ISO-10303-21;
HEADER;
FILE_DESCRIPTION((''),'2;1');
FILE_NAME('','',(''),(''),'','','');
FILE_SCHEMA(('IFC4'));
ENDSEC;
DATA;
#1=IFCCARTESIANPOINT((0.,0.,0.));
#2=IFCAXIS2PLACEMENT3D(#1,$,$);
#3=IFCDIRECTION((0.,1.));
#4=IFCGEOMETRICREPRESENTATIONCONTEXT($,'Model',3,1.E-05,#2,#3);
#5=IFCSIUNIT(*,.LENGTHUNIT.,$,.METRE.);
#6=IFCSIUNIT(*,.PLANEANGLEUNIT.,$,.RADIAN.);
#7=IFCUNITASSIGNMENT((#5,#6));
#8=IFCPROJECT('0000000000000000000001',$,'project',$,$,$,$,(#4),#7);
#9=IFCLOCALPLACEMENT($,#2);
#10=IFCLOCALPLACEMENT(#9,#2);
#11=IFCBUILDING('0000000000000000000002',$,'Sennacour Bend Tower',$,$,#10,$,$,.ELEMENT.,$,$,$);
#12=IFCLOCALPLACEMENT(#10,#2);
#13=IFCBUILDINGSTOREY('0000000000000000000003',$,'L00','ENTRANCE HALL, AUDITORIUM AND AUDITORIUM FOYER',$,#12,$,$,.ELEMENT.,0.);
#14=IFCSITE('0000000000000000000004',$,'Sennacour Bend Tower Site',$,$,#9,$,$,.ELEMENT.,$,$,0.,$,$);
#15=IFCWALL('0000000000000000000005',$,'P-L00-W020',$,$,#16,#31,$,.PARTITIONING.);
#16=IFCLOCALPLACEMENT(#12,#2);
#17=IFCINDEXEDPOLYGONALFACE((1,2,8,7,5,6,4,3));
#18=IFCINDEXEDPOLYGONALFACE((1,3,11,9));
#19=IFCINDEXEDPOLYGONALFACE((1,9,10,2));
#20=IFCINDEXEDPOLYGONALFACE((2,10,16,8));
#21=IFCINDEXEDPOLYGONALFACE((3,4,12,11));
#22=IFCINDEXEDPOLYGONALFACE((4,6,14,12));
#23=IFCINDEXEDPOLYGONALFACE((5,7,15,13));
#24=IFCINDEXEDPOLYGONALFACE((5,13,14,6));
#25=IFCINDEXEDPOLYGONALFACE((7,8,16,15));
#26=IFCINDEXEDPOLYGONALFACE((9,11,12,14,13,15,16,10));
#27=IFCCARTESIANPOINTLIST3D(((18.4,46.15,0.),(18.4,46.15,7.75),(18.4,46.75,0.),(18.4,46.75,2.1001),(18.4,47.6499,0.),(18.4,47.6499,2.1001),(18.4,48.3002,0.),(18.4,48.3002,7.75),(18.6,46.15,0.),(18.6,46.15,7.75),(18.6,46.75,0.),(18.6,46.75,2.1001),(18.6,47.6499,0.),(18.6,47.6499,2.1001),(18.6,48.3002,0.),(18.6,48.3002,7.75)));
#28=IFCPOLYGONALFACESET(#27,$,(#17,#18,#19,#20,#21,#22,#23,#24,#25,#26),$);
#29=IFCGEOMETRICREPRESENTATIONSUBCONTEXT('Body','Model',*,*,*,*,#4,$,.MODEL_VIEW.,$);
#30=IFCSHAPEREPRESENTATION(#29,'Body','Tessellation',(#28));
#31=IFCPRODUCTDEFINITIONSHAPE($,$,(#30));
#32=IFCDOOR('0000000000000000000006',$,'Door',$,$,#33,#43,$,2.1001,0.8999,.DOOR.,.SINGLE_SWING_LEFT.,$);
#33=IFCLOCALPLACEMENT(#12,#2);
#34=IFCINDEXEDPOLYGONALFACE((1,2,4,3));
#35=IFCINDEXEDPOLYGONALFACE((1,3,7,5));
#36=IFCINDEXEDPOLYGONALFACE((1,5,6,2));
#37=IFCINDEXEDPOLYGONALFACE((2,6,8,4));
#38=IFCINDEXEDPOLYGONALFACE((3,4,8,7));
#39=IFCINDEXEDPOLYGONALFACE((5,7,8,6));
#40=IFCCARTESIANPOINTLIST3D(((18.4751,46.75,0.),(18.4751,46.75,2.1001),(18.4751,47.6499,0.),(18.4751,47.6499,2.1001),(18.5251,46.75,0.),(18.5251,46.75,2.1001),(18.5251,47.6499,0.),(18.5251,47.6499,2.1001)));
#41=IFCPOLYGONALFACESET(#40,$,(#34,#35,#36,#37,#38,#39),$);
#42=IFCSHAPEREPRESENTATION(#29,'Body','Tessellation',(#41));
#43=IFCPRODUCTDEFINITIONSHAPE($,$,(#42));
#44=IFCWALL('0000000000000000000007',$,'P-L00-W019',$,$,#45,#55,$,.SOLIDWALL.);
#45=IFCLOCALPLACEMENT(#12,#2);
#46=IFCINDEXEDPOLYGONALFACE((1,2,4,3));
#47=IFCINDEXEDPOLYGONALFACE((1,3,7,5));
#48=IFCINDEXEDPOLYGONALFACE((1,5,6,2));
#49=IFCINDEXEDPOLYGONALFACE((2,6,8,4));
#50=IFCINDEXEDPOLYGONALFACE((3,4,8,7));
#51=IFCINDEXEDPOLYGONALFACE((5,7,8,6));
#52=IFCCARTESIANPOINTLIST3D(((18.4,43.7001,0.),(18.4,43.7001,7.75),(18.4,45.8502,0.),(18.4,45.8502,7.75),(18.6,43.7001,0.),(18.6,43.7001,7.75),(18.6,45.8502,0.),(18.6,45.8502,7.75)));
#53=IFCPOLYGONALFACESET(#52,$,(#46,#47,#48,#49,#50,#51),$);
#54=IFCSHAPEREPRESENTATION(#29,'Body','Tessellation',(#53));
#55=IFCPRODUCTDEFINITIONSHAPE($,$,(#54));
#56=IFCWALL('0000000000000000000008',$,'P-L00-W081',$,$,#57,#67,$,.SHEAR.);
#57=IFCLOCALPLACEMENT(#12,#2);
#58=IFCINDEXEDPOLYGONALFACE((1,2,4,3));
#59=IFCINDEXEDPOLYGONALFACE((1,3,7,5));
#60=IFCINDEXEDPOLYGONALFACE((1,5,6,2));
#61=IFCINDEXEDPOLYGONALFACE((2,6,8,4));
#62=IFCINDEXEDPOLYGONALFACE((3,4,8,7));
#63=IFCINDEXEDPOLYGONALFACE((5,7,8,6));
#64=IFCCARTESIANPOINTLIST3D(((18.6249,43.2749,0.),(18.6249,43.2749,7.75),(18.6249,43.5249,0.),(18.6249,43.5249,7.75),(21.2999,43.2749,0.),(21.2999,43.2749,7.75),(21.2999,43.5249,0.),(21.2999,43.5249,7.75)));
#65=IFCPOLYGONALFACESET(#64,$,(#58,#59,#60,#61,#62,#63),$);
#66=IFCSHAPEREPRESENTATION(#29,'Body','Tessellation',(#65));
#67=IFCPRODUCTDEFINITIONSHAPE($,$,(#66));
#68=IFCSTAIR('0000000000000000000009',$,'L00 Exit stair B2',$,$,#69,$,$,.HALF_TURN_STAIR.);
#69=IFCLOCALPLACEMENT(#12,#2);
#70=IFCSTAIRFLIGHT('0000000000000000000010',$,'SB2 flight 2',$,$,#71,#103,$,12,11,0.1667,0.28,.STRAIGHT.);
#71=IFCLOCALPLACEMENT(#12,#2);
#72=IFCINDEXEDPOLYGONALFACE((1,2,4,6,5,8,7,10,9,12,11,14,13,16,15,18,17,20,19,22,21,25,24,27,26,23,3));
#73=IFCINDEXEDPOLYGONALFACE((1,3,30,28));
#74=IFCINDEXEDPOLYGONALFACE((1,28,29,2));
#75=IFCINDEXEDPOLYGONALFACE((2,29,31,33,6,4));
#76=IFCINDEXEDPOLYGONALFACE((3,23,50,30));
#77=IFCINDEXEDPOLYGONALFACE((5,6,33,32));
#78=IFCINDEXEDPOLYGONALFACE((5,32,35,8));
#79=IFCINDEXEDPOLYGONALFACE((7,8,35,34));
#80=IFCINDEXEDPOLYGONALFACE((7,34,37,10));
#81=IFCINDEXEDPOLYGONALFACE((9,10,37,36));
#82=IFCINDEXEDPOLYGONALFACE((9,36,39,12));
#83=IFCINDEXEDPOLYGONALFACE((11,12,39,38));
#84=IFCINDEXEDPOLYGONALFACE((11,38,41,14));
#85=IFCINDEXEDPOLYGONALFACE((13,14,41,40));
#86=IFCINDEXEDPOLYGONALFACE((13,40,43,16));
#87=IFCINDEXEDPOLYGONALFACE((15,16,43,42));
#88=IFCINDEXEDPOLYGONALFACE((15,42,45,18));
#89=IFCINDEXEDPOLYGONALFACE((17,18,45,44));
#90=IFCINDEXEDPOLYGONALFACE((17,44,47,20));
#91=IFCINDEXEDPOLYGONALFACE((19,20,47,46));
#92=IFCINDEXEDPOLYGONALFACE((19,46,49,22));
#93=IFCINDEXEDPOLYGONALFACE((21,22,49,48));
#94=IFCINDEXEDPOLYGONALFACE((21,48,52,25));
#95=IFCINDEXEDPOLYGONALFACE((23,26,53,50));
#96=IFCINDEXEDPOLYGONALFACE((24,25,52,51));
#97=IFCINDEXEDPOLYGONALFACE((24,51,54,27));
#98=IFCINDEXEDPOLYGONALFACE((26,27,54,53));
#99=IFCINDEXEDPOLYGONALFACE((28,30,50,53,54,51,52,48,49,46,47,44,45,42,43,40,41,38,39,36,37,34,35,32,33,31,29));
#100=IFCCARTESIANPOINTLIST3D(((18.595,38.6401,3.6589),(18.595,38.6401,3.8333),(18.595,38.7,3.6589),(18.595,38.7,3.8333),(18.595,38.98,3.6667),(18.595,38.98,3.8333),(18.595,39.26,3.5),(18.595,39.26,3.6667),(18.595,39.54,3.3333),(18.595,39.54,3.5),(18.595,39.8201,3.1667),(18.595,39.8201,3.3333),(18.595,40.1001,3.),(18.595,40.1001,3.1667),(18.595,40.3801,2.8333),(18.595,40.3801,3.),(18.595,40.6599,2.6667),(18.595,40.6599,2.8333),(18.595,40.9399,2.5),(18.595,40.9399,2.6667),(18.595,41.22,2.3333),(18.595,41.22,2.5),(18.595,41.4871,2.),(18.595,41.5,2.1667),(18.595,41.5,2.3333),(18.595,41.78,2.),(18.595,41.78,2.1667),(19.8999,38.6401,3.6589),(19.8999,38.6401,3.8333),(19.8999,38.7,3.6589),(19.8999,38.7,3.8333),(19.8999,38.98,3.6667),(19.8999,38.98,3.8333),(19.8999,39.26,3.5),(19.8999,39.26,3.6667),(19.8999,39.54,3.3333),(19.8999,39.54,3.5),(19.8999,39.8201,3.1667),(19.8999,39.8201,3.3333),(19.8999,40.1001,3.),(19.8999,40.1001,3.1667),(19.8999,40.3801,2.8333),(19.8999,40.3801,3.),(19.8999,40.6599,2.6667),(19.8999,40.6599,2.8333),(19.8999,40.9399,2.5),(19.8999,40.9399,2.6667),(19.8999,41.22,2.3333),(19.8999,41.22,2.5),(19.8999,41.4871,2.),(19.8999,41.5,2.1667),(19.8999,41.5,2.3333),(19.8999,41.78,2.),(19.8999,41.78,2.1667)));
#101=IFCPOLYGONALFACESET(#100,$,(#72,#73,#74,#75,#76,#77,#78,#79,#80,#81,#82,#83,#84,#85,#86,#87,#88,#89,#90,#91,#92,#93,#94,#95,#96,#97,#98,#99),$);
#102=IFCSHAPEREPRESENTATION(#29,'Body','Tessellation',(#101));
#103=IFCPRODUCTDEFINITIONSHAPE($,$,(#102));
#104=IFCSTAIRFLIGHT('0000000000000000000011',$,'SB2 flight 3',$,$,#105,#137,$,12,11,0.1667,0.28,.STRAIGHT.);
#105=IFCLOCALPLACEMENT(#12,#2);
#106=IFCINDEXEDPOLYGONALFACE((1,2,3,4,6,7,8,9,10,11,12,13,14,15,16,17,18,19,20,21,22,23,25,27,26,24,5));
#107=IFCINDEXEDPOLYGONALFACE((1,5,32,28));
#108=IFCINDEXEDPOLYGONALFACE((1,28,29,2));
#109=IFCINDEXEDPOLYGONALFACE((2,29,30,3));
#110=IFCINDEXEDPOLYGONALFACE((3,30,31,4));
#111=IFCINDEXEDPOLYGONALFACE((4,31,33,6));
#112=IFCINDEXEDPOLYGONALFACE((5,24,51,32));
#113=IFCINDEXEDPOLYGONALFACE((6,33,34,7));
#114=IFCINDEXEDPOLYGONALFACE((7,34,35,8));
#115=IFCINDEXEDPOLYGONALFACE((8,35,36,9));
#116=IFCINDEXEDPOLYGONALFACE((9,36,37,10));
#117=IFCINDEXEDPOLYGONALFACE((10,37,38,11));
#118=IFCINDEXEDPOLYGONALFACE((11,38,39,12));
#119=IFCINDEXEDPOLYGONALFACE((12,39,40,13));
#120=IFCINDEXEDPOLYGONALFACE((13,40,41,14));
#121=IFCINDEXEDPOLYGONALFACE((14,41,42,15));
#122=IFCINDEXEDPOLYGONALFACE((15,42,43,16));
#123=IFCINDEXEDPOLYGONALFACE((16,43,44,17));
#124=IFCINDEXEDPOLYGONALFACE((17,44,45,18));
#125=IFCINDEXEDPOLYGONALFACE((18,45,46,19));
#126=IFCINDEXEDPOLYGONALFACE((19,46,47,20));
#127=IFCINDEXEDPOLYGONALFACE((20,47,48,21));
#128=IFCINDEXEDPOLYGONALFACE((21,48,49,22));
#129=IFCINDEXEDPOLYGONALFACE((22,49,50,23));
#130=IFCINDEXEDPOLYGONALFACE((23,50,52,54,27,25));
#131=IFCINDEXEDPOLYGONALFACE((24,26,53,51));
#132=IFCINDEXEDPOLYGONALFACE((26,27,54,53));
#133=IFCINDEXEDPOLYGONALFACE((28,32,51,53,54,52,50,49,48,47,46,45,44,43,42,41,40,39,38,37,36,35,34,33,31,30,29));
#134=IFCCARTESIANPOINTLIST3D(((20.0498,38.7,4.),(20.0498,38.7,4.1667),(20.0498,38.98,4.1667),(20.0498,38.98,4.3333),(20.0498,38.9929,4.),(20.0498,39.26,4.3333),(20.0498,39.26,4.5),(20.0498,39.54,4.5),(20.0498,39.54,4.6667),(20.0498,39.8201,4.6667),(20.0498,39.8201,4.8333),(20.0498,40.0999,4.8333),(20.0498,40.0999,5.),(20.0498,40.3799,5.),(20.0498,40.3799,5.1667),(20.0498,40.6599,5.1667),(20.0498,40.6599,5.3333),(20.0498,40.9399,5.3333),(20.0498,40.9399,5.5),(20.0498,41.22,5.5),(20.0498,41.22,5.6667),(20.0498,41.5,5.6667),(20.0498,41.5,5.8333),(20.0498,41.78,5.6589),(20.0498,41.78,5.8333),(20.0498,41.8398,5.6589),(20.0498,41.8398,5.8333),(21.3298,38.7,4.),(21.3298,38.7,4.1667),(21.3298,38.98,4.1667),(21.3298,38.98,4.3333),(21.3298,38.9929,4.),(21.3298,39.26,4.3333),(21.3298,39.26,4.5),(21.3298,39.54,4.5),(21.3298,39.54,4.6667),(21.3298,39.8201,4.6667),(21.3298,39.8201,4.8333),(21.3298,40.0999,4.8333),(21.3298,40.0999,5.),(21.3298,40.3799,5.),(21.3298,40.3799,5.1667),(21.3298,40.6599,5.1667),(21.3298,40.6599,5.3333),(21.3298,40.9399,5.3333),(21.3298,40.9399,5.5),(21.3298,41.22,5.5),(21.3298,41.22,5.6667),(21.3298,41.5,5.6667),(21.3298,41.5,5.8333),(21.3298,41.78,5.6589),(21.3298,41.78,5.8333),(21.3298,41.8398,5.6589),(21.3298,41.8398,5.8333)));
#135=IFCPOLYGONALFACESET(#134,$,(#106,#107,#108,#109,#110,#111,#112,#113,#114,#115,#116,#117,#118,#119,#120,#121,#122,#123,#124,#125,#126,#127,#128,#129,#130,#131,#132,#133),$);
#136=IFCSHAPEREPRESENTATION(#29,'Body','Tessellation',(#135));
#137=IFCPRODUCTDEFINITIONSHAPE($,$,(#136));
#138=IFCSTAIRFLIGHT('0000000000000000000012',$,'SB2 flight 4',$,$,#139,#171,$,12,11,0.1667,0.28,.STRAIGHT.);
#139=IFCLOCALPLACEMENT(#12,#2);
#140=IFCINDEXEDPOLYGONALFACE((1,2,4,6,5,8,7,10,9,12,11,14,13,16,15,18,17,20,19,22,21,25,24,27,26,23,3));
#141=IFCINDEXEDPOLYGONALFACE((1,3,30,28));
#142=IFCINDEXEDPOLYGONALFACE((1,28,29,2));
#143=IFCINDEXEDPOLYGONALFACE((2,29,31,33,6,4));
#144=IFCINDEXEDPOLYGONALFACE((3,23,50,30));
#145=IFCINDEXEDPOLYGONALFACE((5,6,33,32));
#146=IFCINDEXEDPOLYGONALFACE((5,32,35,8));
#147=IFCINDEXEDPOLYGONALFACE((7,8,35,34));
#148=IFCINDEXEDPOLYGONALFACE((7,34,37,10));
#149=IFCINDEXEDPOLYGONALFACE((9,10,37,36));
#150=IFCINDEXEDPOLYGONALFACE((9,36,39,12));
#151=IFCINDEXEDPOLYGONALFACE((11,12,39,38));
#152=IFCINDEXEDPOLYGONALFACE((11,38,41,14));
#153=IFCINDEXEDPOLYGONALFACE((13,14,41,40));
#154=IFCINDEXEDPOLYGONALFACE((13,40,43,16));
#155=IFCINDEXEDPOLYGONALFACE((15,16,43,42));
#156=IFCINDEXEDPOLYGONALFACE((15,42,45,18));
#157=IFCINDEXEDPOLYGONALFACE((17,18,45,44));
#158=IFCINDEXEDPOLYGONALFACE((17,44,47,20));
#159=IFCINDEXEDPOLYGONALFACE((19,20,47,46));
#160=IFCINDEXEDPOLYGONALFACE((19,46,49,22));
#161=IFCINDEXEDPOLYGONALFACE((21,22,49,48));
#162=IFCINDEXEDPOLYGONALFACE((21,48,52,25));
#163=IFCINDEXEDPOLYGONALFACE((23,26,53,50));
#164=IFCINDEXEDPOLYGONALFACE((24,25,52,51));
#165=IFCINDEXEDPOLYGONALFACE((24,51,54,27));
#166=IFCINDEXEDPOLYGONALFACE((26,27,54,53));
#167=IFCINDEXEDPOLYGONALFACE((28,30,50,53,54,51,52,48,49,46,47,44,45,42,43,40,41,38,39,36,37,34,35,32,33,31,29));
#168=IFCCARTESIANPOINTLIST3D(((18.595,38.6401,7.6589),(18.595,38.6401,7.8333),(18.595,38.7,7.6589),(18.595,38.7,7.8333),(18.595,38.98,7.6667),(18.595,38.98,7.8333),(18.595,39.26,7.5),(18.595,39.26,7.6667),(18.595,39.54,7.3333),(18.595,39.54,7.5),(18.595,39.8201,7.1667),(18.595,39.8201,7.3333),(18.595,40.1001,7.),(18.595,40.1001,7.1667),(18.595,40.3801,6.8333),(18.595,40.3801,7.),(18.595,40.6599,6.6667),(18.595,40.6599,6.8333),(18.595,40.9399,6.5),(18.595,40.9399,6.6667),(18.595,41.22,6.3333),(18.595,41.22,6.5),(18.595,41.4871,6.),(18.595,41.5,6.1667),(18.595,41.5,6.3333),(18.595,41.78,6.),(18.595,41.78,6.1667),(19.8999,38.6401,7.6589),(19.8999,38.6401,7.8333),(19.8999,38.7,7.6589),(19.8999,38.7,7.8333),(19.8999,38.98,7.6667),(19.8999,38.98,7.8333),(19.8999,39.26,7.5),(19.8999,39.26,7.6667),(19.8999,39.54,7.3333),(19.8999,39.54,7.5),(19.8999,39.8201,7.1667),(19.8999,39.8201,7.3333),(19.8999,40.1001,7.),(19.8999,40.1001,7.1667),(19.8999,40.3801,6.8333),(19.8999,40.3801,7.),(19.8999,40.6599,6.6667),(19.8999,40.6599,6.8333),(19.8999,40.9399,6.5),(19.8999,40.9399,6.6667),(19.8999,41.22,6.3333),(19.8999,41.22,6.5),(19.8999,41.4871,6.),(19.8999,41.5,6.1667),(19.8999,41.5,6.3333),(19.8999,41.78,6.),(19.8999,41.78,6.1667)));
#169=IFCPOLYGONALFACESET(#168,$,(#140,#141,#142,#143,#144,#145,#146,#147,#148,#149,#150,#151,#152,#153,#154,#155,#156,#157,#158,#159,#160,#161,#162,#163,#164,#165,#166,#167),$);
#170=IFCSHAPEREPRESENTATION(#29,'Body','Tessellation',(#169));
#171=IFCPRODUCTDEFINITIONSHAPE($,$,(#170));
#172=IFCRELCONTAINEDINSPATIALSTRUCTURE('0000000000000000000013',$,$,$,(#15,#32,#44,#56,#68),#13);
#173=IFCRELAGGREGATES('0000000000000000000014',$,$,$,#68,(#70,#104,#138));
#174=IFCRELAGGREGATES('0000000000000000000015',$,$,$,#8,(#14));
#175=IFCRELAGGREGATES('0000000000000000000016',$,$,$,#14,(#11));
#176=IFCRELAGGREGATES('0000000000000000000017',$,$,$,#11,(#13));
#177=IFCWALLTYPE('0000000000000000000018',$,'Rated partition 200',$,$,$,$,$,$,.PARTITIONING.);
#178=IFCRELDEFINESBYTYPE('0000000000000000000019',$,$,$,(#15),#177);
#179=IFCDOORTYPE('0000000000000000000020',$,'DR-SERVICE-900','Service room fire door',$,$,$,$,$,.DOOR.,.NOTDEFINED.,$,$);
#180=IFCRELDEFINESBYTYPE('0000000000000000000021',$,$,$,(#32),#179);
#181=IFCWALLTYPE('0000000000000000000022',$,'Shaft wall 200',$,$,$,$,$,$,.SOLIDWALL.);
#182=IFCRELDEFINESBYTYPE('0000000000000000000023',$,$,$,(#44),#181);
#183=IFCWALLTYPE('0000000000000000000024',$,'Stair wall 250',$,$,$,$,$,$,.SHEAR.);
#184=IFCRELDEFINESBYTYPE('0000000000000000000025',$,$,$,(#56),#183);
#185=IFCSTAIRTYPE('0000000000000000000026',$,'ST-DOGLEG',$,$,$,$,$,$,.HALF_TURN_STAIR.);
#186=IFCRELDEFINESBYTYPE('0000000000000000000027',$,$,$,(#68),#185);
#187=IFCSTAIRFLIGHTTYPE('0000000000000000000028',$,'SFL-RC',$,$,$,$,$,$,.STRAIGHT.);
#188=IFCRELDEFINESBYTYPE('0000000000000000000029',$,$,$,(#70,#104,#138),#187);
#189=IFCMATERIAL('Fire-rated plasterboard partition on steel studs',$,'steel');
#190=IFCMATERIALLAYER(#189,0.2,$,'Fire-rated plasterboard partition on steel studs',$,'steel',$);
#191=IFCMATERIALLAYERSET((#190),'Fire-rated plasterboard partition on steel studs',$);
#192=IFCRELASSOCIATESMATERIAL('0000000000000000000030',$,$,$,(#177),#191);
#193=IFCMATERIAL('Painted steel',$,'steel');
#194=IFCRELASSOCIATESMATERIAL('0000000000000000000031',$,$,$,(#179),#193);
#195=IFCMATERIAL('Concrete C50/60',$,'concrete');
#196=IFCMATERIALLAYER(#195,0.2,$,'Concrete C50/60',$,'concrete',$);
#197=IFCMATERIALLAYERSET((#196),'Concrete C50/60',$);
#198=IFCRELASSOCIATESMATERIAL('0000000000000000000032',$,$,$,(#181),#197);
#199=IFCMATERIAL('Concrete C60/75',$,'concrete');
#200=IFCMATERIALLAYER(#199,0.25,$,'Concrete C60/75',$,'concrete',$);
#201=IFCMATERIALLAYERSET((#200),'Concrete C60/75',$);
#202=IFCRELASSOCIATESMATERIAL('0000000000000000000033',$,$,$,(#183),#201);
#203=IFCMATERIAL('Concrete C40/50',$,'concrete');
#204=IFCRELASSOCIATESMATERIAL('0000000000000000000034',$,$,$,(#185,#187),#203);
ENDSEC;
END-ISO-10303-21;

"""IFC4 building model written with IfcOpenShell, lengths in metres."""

from ifc_helpers import new_model, si_unit, direction, frame, frame_2d, origin, place, context, subcontext, project, spatial, polyline, rectangle, outline, extrude, material, layer, layer_set, type_object, element, fill, aggregate, save


model = new_model("IFC4")

# Units and contexts
model_context = context("Model", 3, precision=1e-05, world=origin(), true_north=direction((0.0, 1.0)))
body_context = subcontext(model_context, "Body", "Model", "MODEL_VIEW")
ifc_project = project(units=[si_unit("LENGTHUNIT", "METRE"), si_unit("PLANEANGLEUNIT", "RADIAN")], contexts=[model_context])

# Site, building, storey
site_placement = place(None, origin())
site = spatial("IfcSite", under=ifc_project, at=site_placement, Name="Sennacour Bend Tower Site", CompositionType="ELEMENT", RefElevation=0.0)
building_placement = place(site_placement, origin())
building = spatial("IfcBuilding", under=site, at=building_placement, Name="Sennacour Bend Tower", CompositionType="ELEMENT")
storey_placement = place(building_placement, origin())
storey = spatial("IfcBuildingStorey", under=building, at=storey_placement, Name="L00", Description="ENTRANCE HALL, AUDITORIUM AND AUDITORIUM FOYER", CompositionType="ELEMENT", Elevation=0.0)

# Shared definitions
ifc_material_1 = material(Name="Concrete C50/60", Category="concrete")

# Shared definitions
ifc_material_2 = material(Name="Fire-rated plasterboard partition on steel studs", Category="steel")
ifc_layer_1 = layer(ifc_material_2, 0.2, Name="Fire-rated plasterboard partition on steel studs", Category="steel")
ifc_layer_set_1 = layer_set([ifc_layer_1], Name="Fire-rated plasterboard partition on steel studs")
wall_type_1 = type_object("IfcWallType", Name="Rated partition 200", PredefinedType="PARTITIONING", material=ifc_layer_set_1)

# Wall, opening, door
wall_1_placement = place(storey_placement, frame((18.5, 46.1499, 0.0), z_axis=(0.0, 0.0, 1.0), x_axis=(0.0, 1.0, 0.0)))
wall_1 = element("IfcWall", 1, at=wall_1_placement, inside=storey, type_object=wall_type_1, Name="P-L00-W020", PredefinedType="PARTITIONING", context=body_context, shape_type="SweptSolid", body=[
    extrude(rectangle(XDim=2.1501, YDim=0.2, at=frame_2d((1.0752, 0.0))), origin(), (0.0, 0.0, 1.0), 7.75),
])
opening_placement = place(wall_1_placement, frame((0.6001, 0.0, 0.0)))
opening = element("IfcOpeningElement", 2, at=opening_placement, cuts=wall_1, PredefinedType="OPENING", context=body_context, shape_type="SweptSolid", body=[
    extrude(rectangle(XDim=0.8999, YDim=2.1001, at=frame_2d((0.45, 1.05))), frame((0.0, 0.1099, 0.0), z_axis=(0.0, -1.0, 0.0), x_axis=(1.0, 0.0, 0.0)), (0.0, 0.0, 1.0), 0.22),
])
ifc_material_3 = material(Name="Painted steel", Category="steel")
door_type = type_object("IfcDoorType", Name="DR-SERVICE-900", Description="Service room fire door", OperationType="NOTDEFINED", PredefinedType="DOOR", material=ifc_material_3)
door_placement = place(opening_placement, origin())
door = element("IfcDoor", 3, at=door_placement, inside=storey, type_object=door_type, Name="Door", OperationType="SINGLE_SWING_LEFT", OverallHeight=2.1001, OverallWidth=0.8999, PredefinedType="DOOR", context=body_context, shape_type="SweptSolid", body=[
    extrude(rectangle(XDim=0.8999, YDim=2.1001, at=frame_2d((0.45, 1.05))), frame((0.0, 0.0249, 0.0), z_axis=(0.0, -1.0, 0.0), x_axis=(1.0, 0.0, 0.0)), (0.0, 0.0, 1.0), 0.05),
])
fill(opening, door)

# Walls
ifc_layer_2 = layer(ifc_material_1, 0.2, Name="Concrete C50/60", Category="concrete")
ifc_layer_set_2 = layer_set([ifc_layer_2], Name="Concrete C50/60")
wall_type_2 = type_object("IfcWallType", Name="Shaft wall 200", PredefinedType="SOLIDWALL", material=ifc_layer_set_2)
wall_2_placement = place(storey_placement, frame((18.5, 43.7, 0.0), z_axis=(0.0, 0.0, 1.0), x_axis=(0.0, 1.0, 0.0)))
element("IfcWall", 4, at=wall_2_placement, inside=storey, type_object=wall_type_2, Name="P-L00-W019", PredefinedType="SOLIDWALL", context=body_context, shape_type="SweptSolid", body=[
    extrude(rectangle(XDim=2.1501, YDim=0.2, at=frame_2d((1.0752, 0.0))), origin(), (0.0, 0.0, 1.0), 7.75),
])
ifc_material_4 = material(Name="Concrete C60/75", Category="concrete")
ifc_layer_3 = layer(ifc_material_4, 0.25, Name="Concrete C60/75", Category="concrete")
ifc_layer_set_3 = layer_set([ifc_layer_3], Name="Concrete C60/75")
wall_type_3 = type_object("IfcWallType", Name="Stair wall 250", PredefinedType="SHEAR", material=ifc_layer_set_3)
wall_3_placement = place(storey_placement, frame((18.625, 43.3999, 0.0), z_axis=(0.0, 0.0, 1.0), x_axis=(1.0, 0.0, 0.0)))
element("IfcWall", 5, at=wall_3_placement, inside=storey, type_object=wall_type_3, Name="P-L00-W081", PredefinedType="SHEAR", context=body_context, shape_type="SweptSolid", body=[
    extrude(rectangle(XDim=2.675, YDim=0.25, at=frame_2d((1.3374, 0.0))), origin(), (0.0, 0.0, 1.0), 7.75),
])

# Stair, stair flights
ifc_material_5 = material(Name="Concrete C40/50", Category="concrete")
stair_type = type_object("IfcStairType", Name="ST-DOGLEG", PredefinedType="HALF_TURN_STAIR", material=ifc_material_5)
stair_placement = place(storey_placement, origin())
stair = element("IfcStair", 6, at=stair_placement, inside=storey, type_object=stair_type, Name="L00 Exit stair B2", PredefinedType="HALF_TURN_STAIR")
stair_flight_type = type_object("IfcStairFlightType", Name="SFL-RC", PredefinedType="STRAIGHT", material=ifc_material_5)
stair_flight_1_placement = place(storey_placement, frame((19.2476, 41.78, 2.0), z_axis=(0.0, 0.0, 1.0), x_axis=(0.0, -1.0, 0.0)))
stair_flight_1 = element("IfcStairFlight", 7, at=stair_flight_1_placement, type_object=stair_flight_type, Name="SB2 flight 2", NumberOfRisers=12, NumberOfTreads=11, PredefinedType="STRAIGHT", RiserHeight=0.1667, TreadLength=0.28, context=body_context, shape_type="SweptSolid", body=[
    extrude(outline(polyline([(0.0, 0.0), (0.0, 0.1667), (0.28, 0.1667), (0.28, 0.3333), (0.5601, 0.3333), (0.5601, 0.5), (0.8401, 0.5), (0.8401, 0.6667), (1.1201, 0.6667), (1.1201, 0.8333), (1.3999, 0.8333), (1.3999, 1.0), (1.6799, 1.0), (1.6799, 1.1667), (1.96, 1.1667), (1.96, 1.3333), (2.24, 1.3333), (2.24, 1.5), (2.52, 1.5), (2.52, 1.6667), (2.8, 1.6667), (2.8, 1.8333), (3.0801, 1.8333), (3.1399, 1.8333), (3.1399, 1.6589), (3.0801, 1.6589), (0.293, 0.0), (0.0, 0.0)])), frame((0.0, 0.6523, 0.0), z_axis=(0.0, -1.0, 0.0), x_axis=(1.0, 0.0, 0.0)), (0.0, 0.0, 1.0), 1.3049),
])
stair_flight_2_placement = place(storey_placement, frame((20.6899, 38.7, 4.0), z_axis=(0.0, 0.0, 1.0), x_axis=(0.0, 1.0, 0.0)))
stair_flight_2 = element("IfcStairFlight", 8, at=stair_flight_2_placement, type_object=stair_flight_type, Name="SB2 flight 3", NumberOfRisers=12, NumberOfTreads=11, PredefinedType="STRAIGHT", RiserHeight=0.1667, TreadLength=0.28, context=body_context, shape_type="SweptSolid", body=[
    extrude(outline(polyline([(0.0, 0.0), (0.0, 0.1667), (0.28, 0.1667), (0.28, 0.3333), (0.5601, 0.3333), (0.5601, 0.5), (0.8401, 0.5), (0.8401, 0.6667), (1.1201, 0.6667), (1.1201, 0.8333), (1.3999, 0.8333), (1.3999, 1.0), (1.6799, 1.0), (1.6799, 1.1667), (1.96, 1.1667), (1.96, 1.3333), (2.24, 1.3333), (2.24, 1.5), (2.52, 1.5), (2.52, 1.6667), (2.8, 1.6667), (2.8, 1.8333), (3.0801, 1.8333), (3.1399, 1.8333), (3.1399, 1.6589), (3.0801, 1.6589), (0.293, 0.0), (0.0, 0.0)])), frame((0.0, 0.6401, 0.0), z_axis=(0.0, -1.0, 0.0), x_axis=(1.0, 0.0, 0.0)), (0.0, 0.0, 1.0), 1.28),
])
stair_flight_3_placement = place(storey_placement, frame((19.2476, 41.78, 6.0), z_axis=(0.0, 0.0, 1.0), x_axis=(0.0, -1.0, 0.0)))
stair_flight_3 = element("IfcStairFlight", 9, at=stair_flight_3_placement, type_object=stair_flight_type, Name="SB2 flight 4", NumberOfRisers=12, NumberOfTreads=11, PredefinedType="STRAIGHT", RiserHeight=0.1667, TreadLength=0.28, context=body_context, shape_type="SweptSolid", body=[
    extrude(outline(polyline([(0.0, 0.0), (0.0, 0.1667), (0.28, 0.1667), (0.28, 0.3333), (0.5601, 0.3333), (0.5601, 0.5), (0.8401, 0.5), (0.8401, 0.6667), (1.1201, 0.6667), (1.1201, 0.8333), (1.3999, 0.8333), (1.3999, 1.0), (1.6799, 1.0), (1.6799, 1.1667), (1.96, 1.1667), (1.96, 1.3333), (2.24, 1.3333), (2.24, 1.5), (2.52, 1.5), (2.52, 1.6667), (2.8, 1.6667), (2.8, 1.8333), (3.0801, 1.8333), (3.1399, 1.8333), (3.1399, 1.6589), (3.0801, 1.6589), (0.293, 0.0), (0.0, 0.0)])), frame((0.0, 0.6523, 0.0), z_axis=(0.0, -1.0, 0.0), x_axis=(1.0, 0.0, 0.0)), (0.0, 0.0, 1.0), 1.3049),
])
aggregate(stair, [stair_flight_1, stair_flight_2, stair_flight_3])

save(model, "model.ifc")
